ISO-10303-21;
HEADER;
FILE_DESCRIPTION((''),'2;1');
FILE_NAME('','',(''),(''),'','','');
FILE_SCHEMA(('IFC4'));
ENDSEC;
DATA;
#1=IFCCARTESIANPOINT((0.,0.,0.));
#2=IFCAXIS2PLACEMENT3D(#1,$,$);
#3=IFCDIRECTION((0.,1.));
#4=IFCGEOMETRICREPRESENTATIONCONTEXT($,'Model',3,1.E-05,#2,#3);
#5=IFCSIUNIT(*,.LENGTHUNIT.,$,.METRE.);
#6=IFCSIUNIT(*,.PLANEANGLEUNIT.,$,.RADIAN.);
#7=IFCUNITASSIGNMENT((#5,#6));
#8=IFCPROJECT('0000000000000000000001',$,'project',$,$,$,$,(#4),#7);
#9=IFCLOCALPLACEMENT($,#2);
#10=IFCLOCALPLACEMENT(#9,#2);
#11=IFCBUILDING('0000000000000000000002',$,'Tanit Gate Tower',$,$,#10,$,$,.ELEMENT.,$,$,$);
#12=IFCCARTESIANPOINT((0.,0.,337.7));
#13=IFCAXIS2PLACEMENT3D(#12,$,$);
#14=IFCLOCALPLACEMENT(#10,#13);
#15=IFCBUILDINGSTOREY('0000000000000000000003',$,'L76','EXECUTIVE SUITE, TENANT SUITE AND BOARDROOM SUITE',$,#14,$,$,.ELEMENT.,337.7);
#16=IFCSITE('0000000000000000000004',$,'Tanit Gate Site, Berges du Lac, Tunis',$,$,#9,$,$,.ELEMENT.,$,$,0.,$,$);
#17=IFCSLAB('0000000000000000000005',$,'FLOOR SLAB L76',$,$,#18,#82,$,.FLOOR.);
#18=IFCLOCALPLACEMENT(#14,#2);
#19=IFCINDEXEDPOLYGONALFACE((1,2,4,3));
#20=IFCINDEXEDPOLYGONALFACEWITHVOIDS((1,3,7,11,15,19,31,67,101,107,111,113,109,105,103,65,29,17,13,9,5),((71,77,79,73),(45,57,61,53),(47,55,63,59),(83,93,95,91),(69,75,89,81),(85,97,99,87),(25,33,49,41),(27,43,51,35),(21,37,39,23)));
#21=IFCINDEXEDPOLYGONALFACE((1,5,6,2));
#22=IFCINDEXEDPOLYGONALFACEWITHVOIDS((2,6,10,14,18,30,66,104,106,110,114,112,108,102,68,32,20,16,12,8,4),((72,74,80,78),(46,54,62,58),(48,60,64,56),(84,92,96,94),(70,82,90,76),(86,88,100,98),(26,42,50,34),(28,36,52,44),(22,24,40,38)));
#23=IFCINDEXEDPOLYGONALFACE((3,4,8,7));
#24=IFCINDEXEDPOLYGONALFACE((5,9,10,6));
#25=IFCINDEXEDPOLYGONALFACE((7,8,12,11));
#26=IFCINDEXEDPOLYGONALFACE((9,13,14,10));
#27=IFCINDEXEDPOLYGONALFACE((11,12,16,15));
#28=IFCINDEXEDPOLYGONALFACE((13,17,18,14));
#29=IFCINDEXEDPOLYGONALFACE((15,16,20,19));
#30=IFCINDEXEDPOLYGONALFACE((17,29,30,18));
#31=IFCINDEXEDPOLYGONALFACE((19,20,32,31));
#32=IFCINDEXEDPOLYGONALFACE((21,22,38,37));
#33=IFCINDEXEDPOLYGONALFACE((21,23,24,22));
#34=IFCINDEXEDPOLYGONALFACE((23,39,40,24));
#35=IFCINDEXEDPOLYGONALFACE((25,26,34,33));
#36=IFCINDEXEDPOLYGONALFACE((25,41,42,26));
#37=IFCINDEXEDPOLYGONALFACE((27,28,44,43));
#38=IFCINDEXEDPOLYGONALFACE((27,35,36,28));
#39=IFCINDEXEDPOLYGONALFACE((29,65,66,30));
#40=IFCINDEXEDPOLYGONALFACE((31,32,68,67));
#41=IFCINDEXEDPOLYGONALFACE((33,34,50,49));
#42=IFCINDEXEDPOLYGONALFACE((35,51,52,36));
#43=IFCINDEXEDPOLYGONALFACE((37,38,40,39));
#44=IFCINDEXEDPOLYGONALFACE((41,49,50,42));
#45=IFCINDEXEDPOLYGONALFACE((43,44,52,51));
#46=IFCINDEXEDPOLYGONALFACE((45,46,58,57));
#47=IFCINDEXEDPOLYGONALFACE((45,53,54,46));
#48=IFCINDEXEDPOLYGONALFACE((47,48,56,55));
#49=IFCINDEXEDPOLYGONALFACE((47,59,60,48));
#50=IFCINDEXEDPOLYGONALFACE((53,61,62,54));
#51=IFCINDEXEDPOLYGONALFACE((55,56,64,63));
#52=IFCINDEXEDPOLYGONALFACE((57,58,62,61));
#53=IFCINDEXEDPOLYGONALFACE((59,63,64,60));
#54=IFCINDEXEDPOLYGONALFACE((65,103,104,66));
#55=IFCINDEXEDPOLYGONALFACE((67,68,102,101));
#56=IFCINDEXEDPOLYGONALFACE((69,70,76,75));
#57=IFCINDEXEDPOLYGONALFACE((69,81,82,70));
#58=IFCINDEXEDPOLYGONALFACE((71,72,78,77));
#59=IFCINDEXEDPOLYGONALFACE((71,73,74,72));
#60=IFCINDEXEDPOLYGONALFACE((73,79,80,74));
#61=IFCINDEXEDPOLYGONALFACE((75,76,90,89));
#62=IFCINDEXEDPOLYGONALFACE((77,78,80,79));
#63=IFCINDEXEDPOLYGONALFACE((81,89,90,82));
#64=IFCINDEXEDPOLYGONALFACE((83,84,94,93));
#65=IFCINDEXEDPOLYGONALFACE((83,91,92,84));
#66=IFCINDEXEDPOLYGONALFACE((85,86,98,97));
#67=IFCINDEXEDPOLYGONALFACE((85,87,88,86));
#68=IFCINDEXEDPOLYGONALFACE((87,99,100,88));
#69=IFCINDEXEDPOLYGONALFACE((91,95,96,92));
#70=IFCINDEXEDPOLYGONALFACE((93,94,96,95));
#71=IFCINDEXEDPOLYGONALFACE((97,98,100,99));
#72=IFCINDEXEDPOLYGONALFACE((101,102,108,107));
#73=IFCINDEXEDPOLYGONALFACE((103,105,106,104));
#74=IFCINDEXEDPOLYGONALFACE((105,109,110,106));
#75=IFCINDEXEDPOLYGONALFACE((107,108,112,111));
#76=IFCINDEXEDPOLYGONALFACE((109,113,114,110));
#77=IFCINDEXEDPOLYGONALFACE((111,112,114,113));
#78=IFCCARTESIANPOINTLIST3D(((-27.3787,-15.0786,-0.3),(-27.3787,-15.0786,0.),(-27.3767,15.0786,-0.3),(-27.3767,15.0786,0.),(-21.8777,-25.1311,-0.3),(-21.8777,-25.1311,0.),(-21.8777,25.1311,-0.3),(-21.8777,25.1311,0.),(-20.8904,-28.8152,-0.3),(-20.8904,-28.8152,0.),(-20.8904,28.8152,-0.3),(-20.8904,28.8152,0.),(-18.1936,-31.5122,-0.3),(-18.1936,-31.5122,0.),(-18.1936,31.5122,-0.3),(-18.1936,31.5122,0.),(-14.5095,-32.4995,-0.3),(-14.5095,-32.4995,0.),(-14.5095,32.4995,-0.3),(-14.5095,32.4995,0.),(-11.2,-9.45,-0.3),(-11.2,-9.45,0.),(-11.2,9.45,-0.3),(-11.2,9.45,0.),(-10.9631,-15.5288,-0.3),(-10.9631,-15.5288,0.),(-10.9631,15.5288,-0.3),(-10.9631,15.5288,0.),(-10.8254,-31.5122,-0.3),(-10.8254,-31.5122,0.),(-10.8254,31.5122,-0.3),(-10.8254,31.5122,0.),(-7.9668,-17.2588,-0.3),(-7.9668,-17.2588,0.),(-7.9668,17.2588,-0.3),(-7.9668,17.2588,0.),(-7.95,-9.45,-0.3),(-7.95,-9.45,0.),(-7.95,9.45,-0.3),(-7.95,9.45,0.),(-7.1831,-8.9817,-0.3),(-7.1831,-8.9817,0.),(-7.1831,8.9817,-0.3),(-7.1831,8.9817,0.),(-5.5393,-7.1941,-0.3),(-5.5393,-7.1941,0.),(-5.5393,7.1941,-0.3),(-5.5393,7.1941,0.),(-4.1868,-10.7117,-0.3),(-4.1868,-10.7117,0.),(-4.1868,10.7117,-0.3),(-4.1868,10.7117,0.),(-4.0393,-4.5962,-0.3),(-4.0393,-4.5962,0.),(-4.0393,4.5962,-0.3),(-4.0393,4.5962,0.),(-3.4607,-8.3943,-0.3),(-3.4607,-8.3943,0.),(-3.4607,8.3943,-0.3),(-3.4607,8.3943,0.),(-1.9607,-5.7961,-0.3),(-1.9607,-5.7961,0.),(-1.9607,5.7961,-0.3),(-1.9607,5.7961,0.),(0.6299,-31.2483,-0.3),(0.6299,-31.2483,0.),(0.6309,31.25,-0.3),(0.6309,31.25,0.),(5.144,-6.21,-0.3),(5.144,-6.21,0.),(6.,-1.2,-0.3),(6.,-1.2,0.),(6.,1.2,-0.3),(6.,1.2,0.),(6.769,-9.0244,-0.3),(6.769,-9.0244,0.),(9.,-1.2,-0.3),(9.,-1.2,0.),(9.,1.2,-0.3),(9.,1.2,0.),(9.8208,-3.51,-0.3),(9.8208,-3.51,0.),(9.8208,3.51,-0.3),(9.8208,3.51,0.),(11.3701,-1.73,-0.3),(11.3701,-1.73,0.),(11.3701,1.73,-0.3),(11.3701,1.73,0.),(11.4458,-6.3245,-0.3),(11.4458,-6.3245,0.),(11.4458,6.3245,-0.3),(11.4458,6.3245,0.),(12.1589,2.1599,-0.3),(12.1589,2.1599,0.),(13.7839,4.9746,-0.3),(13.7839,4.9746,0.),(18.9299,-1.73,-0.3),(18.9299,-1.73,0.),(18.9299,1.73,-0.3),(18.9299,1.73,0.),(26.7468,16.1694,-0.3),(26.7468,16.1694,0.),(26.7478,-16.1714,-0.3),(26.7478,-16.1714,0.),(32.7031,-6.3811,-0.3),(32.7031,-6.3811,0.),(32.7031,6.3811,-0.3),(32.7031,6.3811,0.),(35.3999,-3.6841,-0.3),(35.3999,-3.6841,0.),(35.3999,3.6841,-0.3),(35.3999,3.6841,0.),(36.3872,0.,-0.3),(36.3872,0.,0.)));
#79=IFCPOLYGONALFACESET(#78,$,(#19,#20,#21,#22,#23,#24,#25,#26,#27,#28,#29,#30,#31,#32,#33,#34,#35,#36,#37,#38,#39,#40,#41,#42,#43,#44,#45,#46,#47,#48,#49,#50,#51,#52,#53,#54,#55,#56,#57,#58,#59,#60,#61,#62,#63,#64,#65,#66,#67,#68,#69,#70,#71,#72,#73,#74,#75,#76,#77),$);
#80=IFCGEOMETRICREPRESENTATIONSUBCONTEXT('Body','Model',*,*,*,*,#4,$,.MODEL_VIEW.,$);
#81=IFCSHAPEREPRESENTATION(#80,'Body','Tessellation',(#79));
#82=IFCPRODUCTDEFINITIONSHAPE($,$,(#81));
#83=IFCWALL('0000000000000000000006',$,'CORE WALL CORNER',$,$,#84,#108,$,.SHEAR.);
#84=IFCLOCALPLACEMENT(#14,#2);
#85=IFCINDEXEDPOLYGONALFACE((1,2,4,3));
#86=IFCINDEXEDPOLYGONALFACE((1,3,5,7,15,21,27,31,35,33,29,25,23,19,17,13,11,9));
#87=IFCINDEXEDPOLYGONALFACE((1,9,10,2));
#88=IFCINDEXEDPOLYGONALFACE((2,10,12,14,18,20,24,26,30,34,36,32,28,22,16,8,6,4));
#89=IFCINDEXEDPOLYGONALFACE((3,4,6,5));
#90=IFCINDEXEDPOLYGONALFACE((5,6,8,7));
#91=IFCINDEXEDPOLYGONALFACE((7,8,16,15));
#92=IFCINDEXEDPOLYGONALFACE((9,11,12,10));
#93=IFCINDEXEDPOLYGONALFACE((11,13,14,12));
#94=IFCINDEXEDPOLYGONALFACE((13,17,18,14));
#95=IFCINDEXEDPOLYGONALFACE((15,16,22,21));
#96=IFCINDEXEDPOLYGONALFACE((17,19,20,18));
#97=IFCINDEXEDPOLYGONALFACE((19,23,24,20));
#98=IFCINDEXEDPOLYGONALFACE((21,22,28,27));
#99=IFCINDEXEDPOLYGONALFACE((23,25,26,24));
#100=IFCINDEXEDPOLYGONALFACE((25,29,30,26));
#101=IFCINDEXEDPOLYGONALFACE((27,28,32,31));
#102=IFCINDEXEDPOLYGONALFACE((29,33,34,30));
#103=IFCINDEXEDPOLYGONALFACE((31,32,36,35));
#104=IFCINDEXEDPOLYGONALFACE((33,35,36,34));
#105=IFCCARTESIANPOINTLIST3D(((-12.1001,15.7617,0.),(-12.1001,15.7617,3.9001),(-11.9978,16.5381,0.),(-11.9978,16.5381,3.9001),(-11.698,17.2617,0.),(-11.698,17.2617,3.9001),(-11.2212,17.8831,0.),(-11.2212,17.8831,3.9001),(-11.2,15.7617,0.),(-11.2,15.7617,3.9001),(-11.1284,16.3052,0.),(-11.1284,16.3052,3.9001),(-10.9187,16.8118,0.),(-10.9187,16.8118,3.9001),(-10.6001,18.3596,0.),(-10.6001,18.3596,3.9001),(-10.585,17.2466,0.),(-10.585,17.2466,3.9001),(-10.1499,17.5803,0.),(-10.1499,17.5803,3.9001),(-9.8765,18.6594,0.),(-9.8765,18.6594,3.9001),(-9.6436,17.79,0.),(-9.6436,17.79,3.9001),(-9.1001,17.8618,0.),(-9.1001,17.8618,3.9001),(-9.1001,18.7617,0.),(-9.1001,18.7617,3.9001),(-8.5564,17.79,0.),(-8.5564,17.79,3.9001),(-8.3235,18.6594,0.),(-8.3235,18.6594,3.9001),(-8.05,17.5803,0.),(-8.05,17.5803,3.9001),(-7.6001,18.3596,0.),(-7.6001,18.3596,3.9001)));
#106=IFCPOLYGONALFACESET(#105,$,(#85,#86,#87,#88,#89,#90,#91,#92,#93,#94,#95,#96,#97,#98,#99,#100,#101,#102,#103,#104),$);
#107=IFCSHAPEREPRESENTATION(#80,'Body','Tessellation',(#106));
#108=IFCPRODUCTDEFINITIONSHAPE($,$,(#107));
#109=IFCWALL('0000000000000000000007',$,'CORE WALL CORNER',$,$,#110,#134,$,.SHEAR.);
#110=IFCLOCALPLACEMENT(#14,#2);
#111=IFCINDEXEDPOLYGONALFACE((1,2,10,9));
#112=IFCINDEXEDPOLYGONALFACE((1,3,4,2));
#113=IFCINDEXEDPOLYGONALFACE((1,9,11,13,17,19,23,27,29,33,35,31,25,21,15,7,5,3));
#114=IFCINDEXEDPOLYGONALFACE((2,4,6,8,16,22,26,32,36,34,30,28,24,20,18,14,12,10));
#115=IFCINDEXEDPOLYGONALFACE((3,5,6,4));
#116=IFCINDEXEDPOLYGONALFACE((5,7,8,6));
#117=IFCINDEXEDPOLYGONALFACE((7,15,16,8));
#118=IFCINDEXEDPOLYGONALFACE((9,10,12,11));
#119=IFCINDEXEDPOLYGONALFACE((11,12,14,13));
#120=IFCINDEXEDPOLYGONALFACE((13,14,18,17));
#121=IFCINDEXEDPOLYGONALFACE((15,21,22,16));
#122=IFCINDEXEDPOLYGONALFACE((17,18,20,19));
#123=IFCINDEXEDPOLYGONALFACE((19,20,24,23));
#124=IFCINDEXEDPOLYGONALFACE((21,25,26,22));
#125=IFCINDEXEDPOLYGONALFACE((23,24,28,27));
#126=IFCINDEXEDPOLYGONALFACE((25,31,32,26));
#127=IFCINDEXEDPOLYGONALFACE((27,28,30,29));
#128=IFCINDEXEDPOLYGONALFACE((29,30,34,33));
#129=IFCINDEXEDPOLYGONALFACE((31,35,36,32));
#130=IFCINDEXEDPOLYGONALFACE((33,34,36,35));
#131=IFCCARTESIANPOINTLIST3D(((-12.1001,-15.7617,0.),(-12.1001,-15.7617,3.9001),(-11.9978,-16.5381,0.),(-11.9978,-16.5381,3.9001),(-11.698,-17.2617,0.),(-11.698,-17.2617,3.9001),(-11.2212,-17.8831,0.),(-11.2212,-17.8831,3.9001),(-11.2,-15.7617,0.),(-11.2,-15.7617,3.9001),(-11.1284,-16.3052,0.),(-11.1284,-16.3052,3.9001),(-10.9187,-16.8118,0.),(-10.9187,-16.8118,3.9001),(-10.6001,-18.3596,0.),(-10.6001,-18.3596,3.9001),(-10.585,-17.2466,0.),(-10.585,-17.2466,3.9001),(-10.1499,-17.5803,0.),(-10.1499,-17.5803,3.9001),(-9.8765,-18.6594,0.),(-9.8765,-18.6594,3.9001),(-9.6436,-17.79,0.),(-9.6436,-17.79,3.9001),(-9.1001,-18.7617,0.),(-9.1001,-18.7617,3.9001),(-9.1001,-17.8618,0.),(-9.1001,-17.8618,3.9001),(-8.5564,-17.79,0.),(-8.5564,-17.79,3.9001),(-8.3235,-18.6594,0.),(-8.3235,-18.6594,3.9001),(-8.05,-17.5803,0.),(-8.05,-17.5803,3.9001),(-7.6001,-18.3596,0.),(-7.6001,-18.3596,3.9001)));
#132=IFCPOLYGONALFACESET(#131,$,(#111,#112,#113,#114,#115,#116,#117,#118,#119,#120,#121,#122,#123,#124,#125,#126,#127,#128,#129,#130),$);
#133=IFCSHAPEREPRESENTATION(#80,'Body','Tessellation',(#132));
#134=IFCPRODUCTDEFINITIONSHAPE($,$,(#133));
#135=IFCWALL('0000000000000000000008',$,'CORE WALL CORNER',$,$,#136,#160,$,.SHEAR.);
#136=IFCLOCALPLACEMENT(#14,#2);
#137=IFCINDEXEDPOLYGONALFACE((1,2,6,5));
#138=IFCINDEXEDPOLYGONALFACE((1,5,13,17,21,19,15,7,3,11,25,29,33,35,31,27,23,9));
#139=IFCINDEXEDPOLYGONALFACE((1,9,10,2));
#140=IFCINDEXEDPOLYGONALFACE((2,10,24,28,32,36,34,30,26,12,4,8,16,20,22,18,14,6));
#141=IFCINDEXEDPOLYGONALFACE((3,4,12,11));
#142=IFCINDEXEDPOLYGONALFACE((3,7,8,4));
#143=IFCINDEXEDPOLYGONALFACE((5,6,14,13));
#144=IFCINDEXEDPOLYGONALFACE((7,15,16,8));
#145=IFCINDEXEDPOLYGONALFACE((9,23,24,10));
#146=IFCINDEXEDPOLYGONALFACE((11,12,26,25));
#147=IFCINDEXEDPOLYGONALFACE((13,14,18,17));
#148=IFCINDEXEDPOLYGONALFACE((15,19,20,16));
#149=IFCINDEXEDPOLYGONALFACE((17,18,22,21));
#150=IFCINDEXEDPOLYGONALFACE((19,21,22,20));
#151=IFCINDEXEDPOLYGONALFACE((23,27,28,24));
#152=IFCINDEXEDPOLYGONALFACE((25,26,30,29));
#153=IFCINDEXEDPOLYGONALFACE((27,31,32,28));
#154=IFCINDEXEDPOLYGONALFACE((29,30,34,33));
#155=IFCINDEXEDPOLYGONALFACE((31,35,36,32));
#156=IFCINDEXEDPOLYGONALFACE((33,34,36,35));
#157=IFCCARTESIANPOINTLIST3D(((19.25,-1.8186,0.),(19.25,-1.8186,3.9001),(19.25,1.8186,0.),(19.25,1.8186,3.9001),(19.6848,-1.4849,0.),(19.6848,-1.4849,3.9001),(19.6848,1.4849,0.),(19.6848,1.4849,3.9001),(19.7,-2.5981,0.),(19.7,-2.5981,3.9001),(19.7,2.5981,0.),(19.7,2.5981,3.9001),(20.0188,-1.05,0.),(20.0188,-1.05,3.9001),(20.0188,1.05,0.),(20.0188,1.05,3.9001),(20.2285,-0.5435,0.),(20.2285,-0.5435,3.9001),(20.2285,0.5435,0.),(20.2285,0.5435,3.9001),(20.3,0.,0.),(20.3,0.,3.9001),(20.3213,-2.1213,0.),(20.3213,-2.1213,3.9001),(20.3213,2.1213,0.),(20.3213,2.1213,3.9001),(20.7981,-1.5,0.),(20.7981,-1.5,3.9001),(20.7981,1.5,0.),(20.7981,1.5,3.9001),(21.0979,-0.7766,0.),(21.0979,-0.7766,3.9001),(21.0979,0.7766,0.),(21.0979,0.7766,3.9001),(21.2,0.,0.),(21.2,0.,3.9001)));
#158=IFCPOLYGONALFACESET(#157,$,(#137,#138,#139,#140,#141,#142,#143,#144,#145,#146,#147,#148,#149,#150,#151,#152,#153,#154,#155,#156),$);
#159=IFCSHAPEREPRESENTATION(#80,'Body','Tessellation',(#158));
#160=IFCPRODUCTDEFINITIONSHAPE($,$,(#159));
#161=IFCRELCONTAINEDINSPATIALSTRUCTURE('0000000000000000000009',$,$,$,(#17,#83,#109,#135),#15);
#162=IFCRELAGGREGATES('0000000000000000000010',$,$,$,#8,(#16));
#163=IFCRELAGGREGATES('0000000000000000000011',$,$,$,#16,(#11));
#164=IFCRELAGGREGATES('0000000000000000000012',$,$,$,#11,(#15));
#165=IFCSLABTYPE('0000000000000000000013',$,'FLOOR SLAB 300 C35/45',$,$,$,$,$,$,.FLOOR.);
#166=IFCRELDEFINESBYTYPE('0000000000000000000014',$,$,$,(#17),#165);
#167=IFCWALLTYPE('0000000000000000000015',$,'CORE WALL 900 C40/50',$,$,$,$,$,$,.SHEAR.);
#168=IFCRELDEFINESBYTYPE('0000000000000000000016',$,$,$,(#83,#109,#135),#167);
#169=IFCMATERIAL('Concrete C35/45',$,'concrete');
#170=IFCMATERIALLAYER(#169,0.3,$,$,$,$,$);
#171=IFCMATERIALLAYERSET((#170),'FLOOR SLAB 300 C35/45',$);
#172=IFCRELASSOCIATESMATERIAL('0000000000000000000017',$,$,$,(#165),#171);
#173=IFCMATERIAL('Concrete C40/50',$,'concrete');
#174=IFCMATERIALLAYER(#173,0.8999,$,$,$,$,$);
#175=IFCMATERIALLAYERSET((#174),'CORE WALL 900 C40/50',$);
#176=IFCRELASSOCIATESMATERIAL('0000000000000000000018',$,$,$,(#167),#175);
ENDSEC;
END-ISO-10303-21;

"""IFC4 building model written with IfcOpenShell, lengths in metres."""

from ifc_helpers import new_model, si_unit, direction, frame, origin, place, context, subcontext, project, spatial, polyline, outline, extrude, material, layer, layer_set, type_object, element, save


model = new_model("IFC4")

# Units and contexts
model_context = context("Model", 3, precision=1e-05, world=origin(), true_north=direction((0.0, 1.0)))
body_context = subcontext(model_context, "Body", "Model", "MODEL_VIEW")
ifc_project = project(units=[si_unit("LENGTHUNIT", "METRE"), si_unit("PLANEANGLEUNIT", "RADIAN")], contexts=[model_context])

# Site, building, storey
site_placement = place(None, origin())
site = spatial("IfcSite", under=ifc_project, at=site_placement, Name="Tanit Gate Site, Berges du Lac, Tunis", CompositionType="ELEMENT", RefElevation=0.0)
building_placement = place(site_placement, origin())
building = spatial("IfcBuilding", under=site, at=building_placement, Name="Tanit Gate Tower", CompositionType="ELEMENT")
storey_placement = place(building_placement, frame((0.0, 0.0, 337.7)))
storey = spatial("IfcBuildingStorey", under=building, at=storey_placement, Name="L76", Description="EXECUTIVE SUITE, TENANT SUITE AND BOARDROOM SUITE", CompositionType="ELEMENT", Elevation=337.7)

# Slab
ifc_material_1 = material(Name="Concrete C35/45", Category="concrete")
ifc_layer_1 = layer(ifc_material_1, 0.3)
ifc_layer_set_1 = layer_set([ifc_layer_1], Name="FLOOR SLAB 300 C35/45")
slab_type = type_object("IfcSlabType", Name="FLOOR SLAB 300 C35/45", PredefinedType="FLOOR", material=ifc_layer_set_1)
slab_placement = place(storey_placement, frame((0.0, 0.0, -0.3)))
element("IfcSlab", 1, at=slab_placement, inside=storey, type_object=slab_type, Name="FLOOR SLAB L76", PredefinedType="FLOOR", context=body_context, shape_type="SweptSolid", body=[
    extrude(outline(polyline([(32.7031, 6.3811), (35.3999, 3.6841), (36.3872, 0.0), (35.3999, -3.6841), (32.7031, -6.3811), (26.7478, -16.1714), (0.6299, -31.2483), (-10.8254, -31.5122), (-14.5095, -32.4995), (-18.1936, -31.5122), (-20.8904, -28.8152), (-21.8777, -25.1311), (-27.3787, -15.0786), (-27.3767, 15.0786), (-21.8777, 25.1311), (-20.8904, 28.8152), (-18.1936, 31.5122), (-14.5095, 32.4995), (-10.8254, 31.5122), (0.6309, 31.25), (26.7468, 16.1694), (32.7031, 6.3811)]), holes=[polyline([(11.3701, 1.73), (18.9299, 1.73), (18.9299, -1.73), (11.3701, -1.73), (11.3701, 1.73)]), polyline([(12.1589, 2.1599), (9.8208, 3.51), (11.4458, 6.3245), (13.7839, 4.9746), (12.1589, 2.1599)]), polyline([(11.4458, -6.3245), (6.769, -9.0244), (5.144, -6.21), (9.8208, -3.51), (11.4458, -6.3245)]), polyline([(6.0, 1.2), (9.0, 1.2), (9.0, -1.2), (6.0, -1.2), (6.0, 1.2)]), polyline([(-4.0393, 4.5962), (-5.5393, 7.1941), (-3.4607, 8.3943), (-1.9607, 5.7961), (-4.0393, 4.5962)]), polyline([(-1.9607, -5.7961), (-3.4607, -8.3943), (-5.5393, -7.1941), (-4.0393, -4.5962), (-1.9607, -5.7961)]), polyline([(-7.1831, 8.9817), (-10.9631, 15.5288), (-7.9668, 17.2588), (-4.1868, 10.7117), (-7.1831, 8.9817)]), polyline([(-4.1868, -10.7117), (-7.9668, -17.2588), (-10.9631, -15.5288), (-7.1831, -8.9817), (-4.1868, -10.7117)]), polyline([(-11.2, -9.45), (-11.2, 9.45), (-7.95, 9.45), (-7.95, -9.45), (-11.2, -9.45)])]), origin(), (0.0, 0.0, 1.0), 0.3),
])

# Walls
ifc_material_2 = material(Name="Concrete C40/50", Category="concrete")
ifc_layer_2 = layer(ifc_material_2, 0.8999)
ifc_layer_set_2 = layer_set([ifc_layer_2], Name="CORE WALL 900 C40/50")
wall_type_1 = type_object("IfcWallType", Name="CORE WALL 900 C40/50", PredefinedType="SHEAR", material=ifc_layer_set_2)
wall_1_placement = place(storey_placement, origin())
element("IfcWall", 2, at=wall_1_placement, inside=storey, type_object=wall_type_1, Name="CORE WALL CORNER", PredefinedType="SHEAR", context=body_context, shape_type="SweptSolid", body=[
    extrude(outline(polyline([(-7.6001, 18.3596), (-8.3235, 18.6594), (-9.1001, 18.7617), (-9.8765, 18.6594), (-10.6001, 18.3596), (-11.2212, 17.8831), (-11.698, 17.2617), (-11.9978, 16.5381), (-12.1001, 15.7617), (-11.2, 15.7617), (-11.1284, 16.3052), (-10.9187, 16.8118), (-10.585, 17.2466), (-10.1499, 17.5803), (-9.6436, 17.79), (-9.1001, 17.8618), (-8.5564, 17.79), (-8.05, 17.5803), (-7.6001, 18.3596)])), origin(), (0.0, 0.0, 1.0), 3.9001),
])
wall_2_placement = place(storey_placement, origin())
element("IfcWall", 3, at=wall_2_placement, inside=storey, type_object=wall_type_1, Name="CORE WALL CORNER", PredefinedType="SHEAR", context=body_context, shape_type="SweptSolid", body=[
    extrude(outline(polyline([(-12.1001, -15.7617), (-11.9978, -16.5381), (-11.698, -17.2617), (-11.2212, -17.8831), (-10.6001, -18.3596), (-9.8765, -18.6594), (-9.1001, -18.7617), (-8.3235, -18.6594), (-7.6001, -18.3596), (-8.05, -17.5803), (-8.5564, -17.79), (-9.1001, -17.8618), (-9.6436, -17.79), (-10.1499, -17.5803), (-10.585, -17.2466), (-10.9187, -16.8118), (-11.1284, -16.3052), (-11.2, -15.7617), (-12.1001, -15.7617)])), origin(), (0.0, 0.0, 1.0), 3.9001),
])
wall_3_placement = place(storey_placement, origin())
element("IfcWall", 4, at=wall_3_placement, inside=storey, type_object=wall_type_1, Name="CORE WALL CORNER", PredefinedType="SHEAR", context=body_context, shape_type="SweptSolid", body=[
    extrude(outline(polyline([(19.7, -2.5981), (20.3213, -2.1213), (20.7981, -1.5), (21.0979, -0.7766), (21.2, 0.0), (21.0979, 0.7766), (20.7981, 1.5), (20.3213, 2.1213), (19.7, 2.5981), (19.25, 1.8186), (19.6848, 1.4849), (20.0188, 1.05), (20.2285, 0.5435), (20.3, 0.0), (20.2285, -0.5435), (20.0188, -1.05), (19.6848, -1.4849), (19.25, -1.8186), (19.7, -2.5981)])), origin(), (0.0, 0.0, 1.0), 3.9001),
])

save(model, "model.ifc")
